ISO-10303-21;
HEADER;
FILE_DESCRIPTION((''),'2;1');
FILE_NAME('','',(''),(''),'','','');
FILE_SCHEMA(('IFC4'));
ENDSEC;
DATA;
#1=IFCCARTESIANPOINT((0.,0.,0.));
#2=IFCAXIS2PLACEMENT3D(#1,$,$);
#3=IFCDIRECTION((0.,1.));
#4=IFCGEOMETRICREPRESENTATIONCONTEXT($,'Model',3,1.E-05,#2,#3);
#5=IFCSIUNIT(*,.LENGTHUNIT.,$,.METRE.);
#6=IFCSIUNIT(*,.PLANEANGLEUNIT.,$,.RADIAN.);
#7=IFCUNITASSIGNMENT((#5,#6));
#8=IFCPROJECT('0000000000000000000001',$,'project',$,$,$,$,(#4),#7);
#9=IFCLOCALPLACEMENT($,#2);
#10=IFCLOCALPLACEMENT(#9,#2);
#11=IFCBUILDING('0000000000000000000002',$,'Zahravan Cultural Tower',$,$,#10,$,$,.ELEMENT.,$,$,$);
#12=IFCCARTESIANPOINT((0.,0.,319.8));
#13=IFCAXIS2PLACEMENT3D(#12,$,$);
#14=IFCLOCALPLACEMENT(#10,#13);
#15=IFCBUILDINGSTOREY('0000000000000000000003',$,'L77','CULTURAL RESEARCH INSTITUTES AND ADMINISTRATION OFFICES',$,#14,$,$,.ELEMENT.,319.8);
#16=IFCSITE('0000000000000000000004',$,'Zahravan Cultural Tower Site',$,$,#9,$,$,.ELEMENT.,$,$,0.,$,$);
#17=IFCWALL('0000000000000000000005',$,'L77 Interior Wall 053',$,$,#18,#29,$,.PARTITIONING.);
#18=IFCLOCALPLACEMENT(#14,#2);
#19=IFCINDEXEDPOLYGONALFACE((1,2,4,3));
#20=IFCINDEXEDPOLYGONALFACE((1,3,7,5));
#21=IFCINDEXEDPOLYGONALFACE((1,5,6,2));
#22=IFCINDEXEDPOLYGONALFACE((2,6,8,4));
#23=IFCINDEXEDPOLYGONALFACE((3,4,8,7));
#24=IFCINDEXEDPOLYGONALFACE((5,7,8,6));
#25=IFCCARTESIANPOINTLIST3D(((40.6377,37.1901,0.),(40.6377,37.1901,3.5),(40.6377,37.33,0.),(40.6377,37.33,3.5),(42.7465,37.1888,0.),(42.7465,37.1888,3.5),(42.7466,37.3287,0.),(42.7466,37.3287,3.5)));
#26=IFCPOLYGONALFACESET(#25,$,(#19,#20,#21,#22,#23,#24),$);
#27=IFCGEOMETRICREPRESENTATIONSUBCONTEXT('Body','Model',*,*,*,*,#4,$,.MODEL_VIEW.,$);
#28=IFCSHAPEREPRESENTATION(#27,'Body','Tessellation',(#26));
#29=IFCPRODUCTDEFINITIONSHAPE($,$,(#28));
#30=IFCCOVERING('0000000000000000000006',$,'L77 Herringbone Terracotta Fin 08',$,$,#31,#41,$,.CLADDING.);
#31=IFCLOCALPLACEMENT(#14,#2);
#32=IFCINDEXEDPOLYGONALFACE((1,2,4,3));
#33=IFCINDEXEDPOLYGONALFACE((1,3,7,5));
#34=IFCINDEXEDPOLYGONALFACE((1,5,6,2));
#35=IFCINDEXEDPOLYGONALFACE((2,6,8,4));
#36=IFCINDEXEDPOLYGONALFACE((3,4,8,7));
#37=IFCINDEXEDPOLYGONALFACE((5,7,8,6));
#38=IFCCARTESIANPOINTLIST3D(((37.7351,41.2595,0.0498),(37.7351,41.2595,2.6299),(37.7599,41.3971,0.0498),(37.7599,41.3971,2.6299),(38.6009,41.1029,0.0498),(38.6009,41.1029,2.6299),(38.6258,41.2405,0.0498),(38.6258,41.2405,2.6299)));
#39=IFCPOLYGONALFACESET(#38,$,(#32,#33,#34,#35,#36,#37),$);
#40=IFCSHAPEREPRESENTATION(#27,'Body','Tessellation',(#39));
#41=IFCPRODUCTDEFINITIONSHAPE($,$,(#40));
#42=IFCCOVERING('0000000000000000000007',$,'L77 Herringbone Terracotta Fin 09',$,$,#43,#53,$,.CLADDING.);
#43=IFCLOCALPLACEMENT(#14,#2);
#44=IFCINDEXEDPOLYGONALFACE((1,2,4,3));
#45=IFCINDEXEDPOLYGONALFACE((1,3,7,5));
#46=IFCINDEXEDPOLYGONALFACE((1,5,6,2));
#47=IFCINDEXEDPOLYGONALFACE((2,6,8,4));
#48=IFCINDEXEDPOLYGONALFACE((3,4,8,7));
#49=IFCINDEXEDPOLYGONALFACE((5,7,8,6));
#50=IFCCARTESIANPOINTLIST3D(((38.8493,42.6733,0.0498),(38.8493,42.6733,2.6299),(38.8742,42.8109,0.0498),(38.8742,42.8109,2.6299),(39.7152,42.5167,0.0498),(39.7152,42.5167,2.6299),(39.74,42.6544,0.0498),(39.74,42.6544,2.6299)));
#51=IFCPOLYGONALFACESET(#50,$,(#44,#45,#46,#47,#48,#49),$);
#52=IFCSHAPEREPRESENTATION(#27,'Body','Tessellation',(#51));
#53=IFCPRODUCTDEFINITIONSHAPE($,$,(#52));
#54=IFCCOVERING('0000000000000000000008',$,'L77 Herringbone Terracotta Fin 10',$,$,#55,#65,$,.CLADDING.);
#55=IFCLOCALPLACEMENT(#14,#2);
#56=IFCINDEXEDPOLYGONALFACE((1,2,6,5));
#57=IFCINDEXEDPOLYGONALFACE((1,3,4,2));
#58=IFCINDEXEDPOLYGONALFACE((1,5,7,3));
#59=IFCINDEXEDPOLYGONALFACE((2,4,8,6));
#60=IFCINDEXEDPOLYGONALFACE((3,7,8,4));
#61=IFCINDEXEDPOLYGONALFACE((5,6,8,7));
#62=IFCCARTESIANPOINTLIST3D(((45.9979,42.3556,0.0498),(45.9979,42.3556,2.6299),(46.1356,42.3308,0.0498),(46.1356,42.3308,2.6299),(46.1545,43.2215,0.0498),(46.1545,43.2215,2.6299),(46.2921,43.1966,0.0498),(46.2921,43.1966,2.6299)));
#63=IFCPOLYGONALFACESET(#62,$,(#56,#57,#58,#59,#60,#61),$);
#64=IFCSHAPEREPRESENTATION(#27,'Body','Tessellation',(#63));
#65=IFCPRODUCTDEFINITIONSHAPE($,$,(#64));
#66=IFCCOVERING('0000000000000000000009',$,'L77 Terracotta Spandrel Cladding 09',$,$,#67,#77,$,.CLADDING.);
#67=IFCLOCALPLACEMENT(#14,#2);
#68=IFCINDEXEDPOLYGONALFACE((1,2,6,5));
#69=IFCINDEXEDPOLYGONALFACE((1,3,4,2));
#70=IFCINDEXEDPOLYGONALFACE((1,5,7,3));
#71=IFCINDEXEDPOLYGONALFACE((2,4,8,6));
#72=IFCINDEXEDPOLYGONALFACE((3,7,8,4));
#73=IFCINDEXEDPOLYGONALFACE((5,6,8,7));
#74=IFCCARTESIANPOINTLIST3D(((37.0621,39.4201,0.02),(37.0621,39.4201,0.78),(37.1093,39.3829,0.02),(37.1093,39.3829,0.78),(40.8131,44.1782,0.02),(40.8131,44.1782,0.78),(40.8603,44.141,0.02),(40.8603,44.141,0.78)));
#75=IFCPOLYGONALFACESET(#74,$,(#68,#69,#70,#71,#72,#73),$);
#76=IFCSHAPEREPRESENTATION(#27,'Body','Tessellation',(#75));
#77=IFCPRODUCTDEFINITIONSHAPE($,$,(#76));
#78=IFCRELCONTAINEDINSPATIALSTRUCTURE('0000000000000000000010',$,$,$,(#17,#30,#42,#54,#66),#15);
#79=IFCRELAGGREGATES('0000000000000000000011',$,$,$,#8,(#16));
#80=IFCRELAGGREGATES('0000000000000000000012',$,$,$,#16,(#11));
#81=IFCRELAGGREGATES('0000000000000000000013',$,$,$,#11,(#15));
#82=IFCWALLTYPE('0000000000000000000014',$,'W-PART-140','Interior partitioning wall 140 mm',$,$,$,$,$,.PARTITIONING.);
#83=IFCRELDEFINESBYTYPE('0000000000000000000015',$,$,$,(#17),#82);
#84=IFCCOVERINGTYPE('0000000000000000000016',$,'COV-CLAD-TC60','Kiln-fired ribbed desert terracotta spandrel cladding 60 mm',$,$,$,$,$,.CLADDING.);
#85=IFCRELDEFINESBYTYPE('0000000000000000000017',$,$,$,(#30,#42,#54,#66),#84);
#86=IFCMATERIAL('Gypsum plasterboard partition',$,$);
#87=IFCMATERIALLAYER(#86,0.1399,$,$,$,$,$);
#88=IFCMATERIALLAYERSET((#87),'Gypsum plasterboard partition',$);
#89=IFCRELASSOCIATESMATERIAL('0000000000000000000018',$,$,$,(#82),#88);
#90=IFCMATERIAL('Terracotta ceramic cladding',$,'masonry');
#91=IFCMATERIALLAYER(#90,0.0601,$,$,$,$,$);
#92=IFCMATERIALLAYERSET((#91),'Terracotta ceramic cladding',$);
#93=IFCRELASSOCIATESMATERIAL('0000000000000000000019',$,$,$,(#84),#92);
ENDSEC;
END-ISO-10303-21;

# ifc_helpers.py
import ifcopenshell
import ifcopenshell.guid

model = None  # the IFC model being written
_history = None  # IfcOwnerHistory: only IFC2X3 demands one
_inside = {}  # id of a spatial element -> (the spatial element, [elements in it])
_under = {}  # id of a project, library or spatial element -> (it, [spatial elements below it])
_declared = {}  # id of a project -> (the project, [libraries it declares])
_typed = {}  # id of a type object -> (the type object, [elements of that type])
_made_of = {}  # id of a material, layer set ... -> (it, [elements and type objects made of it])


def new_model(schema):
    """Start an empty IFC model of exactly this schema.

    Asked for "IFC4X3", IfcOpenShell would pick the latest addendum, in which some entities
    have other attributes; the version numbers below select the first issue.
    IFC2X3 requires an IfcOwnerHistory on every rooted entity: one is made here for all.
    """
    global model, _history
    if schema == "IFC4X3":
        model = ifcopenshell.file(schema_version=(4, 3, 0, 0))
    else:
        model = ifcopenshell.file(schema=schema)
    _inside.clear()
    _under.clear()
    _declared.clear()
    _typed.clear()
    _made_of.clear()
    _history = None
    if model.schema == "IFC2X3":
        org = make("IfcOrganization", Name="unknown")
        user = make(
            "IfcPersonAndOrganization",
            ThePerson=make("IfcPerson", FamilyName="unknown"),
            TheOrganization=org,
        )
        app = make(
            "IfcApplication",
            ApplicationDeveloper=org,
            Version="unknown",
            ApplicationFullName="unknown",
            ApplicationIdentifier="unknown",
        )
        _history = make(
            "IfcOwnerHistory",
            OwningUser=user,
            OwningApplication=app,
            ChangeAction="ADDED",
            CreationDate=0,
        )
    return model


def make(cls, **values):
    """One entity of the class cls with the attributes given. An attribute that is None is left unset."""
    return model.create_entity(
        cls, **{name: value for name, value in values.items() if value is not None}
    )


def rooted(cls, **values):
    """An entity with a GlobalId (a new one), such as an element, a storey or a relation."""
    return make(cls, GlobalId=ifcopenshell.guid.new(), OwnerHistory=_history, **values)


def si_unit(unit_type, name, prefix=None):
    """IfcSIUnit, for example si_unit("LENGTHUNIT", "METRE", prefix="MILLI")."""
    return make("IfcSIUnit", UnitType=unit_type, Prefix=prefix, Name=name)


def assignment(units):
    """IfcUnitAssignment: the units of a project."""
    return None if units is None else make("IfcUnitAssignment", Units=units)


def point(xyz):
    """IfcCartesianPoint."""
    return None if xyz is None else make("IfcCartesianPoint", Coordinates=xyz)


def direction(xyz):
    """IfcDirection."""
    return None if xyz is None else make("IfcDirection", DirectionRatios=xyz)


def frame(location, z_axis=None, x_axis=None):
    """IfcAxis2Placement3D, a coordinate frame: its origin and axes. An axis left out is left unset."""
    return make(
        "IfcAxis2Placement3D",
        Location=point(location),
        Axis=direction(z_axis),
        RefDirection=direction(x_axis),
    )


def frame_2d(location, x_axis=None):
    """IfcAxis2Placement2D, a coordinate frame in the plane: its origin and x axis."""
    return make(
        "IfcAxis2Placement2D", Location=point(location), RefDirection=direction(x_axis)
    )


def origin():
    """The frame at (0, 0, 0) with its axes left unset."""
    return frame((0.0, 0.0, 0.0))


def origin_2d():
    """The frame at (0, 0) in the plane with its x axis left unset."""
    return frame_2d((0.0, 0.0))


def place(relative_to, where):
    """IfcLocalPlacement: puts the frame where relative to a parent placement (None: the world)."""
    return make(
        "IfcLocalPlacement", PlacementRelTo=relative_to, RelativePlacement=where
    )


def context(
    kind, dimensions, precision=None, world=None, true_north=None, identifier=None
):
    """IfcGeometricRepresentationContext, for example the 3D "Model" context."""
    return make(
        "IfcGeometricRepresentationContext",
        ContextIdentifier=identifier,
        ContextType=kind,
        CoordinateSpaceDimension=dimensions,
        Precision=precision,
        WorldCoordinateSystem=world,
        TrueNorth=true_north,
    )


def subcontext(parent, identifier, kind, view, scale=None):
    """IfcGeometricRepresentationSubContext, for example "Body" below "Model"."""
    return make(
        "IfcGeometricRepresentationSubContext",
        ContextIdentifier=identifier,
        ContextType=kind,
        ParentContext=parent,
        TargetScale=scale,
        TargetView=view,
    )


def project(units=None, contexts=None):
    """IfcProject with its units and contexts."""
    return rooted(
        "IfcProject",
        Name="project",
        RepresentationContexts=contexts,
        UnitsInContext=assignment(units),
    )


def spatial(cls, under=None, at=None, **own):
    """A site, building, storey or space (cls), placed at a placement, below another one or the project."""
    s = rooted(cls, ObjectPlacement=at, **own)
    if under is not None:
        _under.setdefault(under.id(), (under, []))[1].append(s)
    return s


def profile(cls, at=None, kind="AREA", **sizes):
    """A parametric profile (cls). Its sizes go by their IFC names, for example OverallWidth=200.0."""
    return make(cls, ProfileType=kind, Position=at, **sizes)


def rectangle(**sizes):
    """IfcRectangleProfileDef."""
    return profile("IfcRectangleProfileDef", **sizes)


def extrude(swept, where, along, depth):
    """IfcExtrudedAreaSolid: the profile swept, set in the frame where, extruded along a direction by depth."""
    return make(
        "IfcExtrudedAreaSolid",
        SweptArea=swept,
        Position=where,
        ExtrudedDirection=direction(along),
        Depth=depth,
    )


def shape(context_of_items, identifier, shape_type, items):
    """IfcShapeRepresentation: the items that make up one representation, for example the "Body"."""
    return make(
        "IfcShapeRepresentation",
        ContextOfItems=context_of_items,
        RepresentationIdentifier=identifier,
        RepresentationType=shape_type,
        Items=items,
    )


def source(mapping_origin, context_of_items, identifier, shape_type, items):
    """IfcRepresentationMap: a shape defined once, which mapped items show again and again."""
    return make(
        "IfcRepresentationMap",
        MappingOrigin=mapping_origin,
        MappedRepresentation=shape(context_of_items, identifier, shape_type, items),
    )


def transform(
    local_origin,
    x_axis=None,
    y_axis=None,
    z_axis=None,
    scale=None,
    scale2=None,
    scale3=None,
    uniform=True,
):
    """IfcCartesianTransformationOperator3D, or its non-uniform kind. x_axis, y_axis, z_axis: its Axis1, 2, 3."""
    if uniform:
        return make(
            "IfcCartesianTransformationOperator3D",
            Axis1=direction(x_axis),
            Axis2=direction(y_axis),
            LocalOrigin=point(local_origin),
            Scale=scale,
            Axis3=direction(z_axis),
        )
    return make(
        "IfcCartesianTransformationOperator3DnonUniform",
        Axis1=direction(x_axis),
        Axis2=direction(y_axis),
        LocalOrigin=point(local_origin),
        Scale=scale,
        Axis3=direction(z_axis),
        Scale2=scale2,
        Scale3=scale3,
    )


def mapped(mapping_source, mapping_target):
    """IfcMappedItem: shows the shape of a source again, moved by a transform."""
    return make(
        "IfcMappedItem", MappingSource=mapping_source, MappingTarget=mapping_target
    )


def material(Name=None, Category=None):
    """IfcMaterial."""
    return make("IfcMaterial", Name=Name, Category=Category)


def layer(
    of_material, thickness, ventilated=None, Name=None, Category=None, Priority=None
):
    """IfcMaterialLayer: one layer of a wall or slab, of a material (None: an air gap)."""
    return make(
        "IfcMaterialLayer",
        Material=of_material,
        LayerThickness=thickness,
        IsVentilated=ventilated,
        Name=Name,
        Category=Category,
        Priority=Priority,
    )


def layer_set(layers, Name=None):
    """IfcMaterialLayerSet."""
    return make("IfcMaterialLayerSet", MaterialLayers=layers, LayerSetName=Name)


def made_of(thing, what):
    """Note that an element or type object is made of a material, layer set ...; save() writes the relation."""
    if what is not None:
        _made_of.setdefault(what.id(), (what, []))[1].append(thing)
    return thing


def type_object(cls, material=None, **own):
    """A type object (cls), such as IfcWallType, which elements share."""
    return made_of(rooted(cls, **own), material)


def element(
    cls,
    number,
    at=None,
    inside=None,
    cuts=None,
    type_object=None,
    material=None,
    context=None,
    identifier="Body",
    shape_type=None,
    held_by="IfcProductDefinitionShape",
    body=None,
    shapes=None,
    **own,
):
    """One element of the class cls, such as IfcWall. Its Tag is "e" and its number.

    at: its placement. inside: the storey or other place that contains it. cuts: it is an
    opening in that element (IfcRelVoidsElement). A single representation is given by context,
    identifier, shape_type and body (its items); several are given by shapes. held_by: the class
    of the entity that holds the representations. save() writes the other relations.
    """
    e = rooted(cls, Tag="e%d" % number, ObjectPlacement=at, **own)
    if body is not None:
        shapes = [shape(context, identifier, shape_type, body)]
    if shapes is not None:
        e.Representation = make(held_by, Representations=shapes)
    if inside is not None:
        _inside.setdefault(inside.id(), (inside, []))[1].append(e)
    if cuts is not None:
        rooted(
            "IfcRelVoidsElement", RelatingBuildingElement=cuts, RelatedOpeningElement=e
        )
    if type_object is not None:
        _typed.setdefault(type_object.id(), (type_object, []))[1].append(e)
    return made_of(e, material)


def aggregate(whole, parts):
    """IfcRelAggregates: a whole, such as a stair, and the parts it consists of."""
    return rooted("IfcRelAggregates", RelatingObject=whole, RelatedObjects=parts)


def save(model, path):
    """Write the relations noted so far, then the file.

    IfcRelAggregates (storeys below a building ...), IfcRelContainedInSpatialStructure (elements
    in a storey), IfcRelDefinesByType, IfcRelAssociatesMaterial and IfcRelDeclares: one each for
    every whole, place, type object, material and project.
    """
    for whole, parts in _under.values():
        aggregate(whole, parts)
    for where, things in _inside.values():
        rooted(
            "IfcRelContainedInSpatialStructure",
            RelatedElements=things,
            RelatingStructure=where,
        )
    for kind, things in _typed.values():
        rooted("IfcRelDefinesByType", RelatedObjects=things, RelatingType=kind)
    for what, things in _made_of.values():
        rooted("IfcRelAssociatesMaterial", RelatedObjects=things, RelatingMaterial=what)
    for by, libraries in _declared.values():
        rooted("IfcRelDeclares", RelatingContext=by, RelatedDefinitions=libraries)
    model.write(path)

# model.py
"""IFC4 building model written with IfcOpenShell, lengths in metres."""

from ifc_helpers import new_model, si_unit, direction, frame, frame_2d, origin, origin_2d, place, context, subcontext, project, spatial, rectangle, extrude, source, transform, mapped, material, layer, layer_set, type_object, element, save


model = new_model("IFC4")

# Units and contexts
model_context = context("Model", 3, precision=1e-05, world=origin(), true_north=direction((0.0, 1.0)))
body_context = subcontext(model_context, "Body", "Model", "MODEL_VIEW")
ifc_project = project(units=[si_unit("LENGTHUNIT", "METRE"), si_unit("PLANEANGLEUNIT", "RADIAN")], contexts=[model_context])

# Site, building, storey
site_placement = place(None, origin())
site = spatial("IfcSite", under=ifc_project, at=site_placement, Name="Zahravan Cultural Tower Site", CompositionType="ELEMENT", RefElevation=0.0)
building_placement = place(site_placement, origin())
building = spatial("IfcBuilding", under=site, at=building_placement, Name="Zahravan Cultural Tower", CompositionType="ELEMENT")
storey_placement = place(building_placement, frame((0.0, 0.0, 319.8)))
storey = spatial("IfcBuildingStorey", under=building, at=storey_placement, Name="L77", Description="CULTURAL RESEARCH INSTITUTES AND ADMINISTRATION OFFICES", CompositionType="ELEMENT", Elevation=319.8)

# Shared definitions
ifc_material_1 = material(Name="Gypsum plasterboard partition")
ifc_layer_1 = layer(ifc_material_1, 0.1399)
ifc_layer_set_1 = layer_set([ifc_layer_1], Name="Gypsum plasterboard partition")
wall_type_1 = type_object("IfcWallType", Name="W-PART-140", Description="Interior partitioning wall 140 mm", PredefinedType="PARTITIONING", material=ifc_layer_set_1)

# Wall
shared_shape_1 = source(origin(), body_context, "Body", "SweptSolid", [
    extrude(rectangle(XDim=2.1089, YDim=0.1399, at=frame_2d((1.0544, 0.0))), origin(), (0.0, 0.0, 1.0), 3.5),
])
wall_1_placement = place(storey_placement, frame((42.7466, 37.2588, 0.0), z_axis=(0.0, 0.0, 1.0), x_axis=(-1.0, 0.000579, 0.0)))
element("IfcWall", 1, at=wall_1_placement, inside=storey, type_object=wall_type_1, Name="L77 Interior Wall 053", PredefinedType="PARTITIONING", context=body_context, shape_type="MappedRepresentation", body=[
    mapped(shared_shape_1, transform((0.0, 0.0, 0.0), x_axis=(1.0, 0.0, 0.0), y_axis=(0.0, 1.0, 0.0), z_axis=(0.0, 0.0, 1.0), scale=1.0)),
])

# Coverings
ifc_material_2 = material(Name="Terracotta ceramic cladding", Category="masonry")
ifc_layer_2 = layer(ifc_material_2, 0.0601)
ifc_layer_set_2 = layer_set([ifc_layer_2], Name="Terracotta ceramic cladding")
covering_type = type_object("IfcCoveringType", Name="COV-CLAD-TC60", Description="Kiln-fired ribbed desert terracotta spandrel cladding 60 mm", PredefinedType="CLADDING", material=ifc_layer_set_2)
shared_shape_2 = source(origin(), body_context, "Body", "SweptSolid", [
    extrude(rectangle(XDim=0.8799, YDim=0.1399, at=origin_2d()), origin(), (0.0, 0.0, 1.0), 2.5801),
])
for number, where, z_axis, x_axis, name in (
    (2, (38.1804, 41.25, 0.0498), (0.0, 0.0, 1.0), (-0.984041, 0.177944, 0.0), "L77 Herringbone Terracotta Fin 08"),
    (3, (39.2947, 42.6638, 0.0498), (0.0, 0.0, 1.0), (-0.984041, 0.177944, 0.0), "L77 Herringbone Terracotta Fin 09"),
    (4, (46.145, 42.7761, 0.0498), (0.0, 0.0, 1.0), (0.177944, 0.984041, 0.0), "L77 Herringbone Terracotta Fin 10"),
):
    element("IfcCovering", number, at=place(storey_placement, frame(where, z_axis=z_axis, x_axis=x_axis)), inside=storey, type_object=covering_type, Name=name, PredefinedType="CLADDING", context=body_context, shape_type="MappedRepresentation", body=[
        mapped(shared_shape_2, transform((0.0, 0.0, 0.0), x_axis=(1.0, 0.0, 0.0), y_axis=(0.0, 1.0, 0.0), z_axis=(0.0, 0.0, 1.0), scale=1.0)),
    ])
shared_shape_3 = source(origin(), body_context, "Body", "SweptSolid", [
    extrude(rectangle(XDim=6.0588, YDim=0.0601, at=origin_2d()), origin(), (0.0, 0.0, 1.0), 0.76),
])
covering_placement = place(storey_placement, frame((38.9612, 41.7805, 0.02), z_axis=(0.0, 0.0, 1.0), x_axis=(0.619094, 0.785317, 0.0)))
element("IfcCovering", 5, at=covering_placement, inside=storey, type_object=covering_type, Name="L77 Terracotta Spandrel Cladding 09", PredefinedType="CLADDING", context=body_context, shape_type="MappedRepresentation", body=[
    mapped(shared_shape_3, transform((0.0, 0.0, 0.0), x_axis=(1.0, 0.0, 0.0), y_axis=(0.0, 1.0, 0.0), z_axis=(0.0, 0.0, 1.0), scale=1.0)),
])

save(model, "model.ifc")
